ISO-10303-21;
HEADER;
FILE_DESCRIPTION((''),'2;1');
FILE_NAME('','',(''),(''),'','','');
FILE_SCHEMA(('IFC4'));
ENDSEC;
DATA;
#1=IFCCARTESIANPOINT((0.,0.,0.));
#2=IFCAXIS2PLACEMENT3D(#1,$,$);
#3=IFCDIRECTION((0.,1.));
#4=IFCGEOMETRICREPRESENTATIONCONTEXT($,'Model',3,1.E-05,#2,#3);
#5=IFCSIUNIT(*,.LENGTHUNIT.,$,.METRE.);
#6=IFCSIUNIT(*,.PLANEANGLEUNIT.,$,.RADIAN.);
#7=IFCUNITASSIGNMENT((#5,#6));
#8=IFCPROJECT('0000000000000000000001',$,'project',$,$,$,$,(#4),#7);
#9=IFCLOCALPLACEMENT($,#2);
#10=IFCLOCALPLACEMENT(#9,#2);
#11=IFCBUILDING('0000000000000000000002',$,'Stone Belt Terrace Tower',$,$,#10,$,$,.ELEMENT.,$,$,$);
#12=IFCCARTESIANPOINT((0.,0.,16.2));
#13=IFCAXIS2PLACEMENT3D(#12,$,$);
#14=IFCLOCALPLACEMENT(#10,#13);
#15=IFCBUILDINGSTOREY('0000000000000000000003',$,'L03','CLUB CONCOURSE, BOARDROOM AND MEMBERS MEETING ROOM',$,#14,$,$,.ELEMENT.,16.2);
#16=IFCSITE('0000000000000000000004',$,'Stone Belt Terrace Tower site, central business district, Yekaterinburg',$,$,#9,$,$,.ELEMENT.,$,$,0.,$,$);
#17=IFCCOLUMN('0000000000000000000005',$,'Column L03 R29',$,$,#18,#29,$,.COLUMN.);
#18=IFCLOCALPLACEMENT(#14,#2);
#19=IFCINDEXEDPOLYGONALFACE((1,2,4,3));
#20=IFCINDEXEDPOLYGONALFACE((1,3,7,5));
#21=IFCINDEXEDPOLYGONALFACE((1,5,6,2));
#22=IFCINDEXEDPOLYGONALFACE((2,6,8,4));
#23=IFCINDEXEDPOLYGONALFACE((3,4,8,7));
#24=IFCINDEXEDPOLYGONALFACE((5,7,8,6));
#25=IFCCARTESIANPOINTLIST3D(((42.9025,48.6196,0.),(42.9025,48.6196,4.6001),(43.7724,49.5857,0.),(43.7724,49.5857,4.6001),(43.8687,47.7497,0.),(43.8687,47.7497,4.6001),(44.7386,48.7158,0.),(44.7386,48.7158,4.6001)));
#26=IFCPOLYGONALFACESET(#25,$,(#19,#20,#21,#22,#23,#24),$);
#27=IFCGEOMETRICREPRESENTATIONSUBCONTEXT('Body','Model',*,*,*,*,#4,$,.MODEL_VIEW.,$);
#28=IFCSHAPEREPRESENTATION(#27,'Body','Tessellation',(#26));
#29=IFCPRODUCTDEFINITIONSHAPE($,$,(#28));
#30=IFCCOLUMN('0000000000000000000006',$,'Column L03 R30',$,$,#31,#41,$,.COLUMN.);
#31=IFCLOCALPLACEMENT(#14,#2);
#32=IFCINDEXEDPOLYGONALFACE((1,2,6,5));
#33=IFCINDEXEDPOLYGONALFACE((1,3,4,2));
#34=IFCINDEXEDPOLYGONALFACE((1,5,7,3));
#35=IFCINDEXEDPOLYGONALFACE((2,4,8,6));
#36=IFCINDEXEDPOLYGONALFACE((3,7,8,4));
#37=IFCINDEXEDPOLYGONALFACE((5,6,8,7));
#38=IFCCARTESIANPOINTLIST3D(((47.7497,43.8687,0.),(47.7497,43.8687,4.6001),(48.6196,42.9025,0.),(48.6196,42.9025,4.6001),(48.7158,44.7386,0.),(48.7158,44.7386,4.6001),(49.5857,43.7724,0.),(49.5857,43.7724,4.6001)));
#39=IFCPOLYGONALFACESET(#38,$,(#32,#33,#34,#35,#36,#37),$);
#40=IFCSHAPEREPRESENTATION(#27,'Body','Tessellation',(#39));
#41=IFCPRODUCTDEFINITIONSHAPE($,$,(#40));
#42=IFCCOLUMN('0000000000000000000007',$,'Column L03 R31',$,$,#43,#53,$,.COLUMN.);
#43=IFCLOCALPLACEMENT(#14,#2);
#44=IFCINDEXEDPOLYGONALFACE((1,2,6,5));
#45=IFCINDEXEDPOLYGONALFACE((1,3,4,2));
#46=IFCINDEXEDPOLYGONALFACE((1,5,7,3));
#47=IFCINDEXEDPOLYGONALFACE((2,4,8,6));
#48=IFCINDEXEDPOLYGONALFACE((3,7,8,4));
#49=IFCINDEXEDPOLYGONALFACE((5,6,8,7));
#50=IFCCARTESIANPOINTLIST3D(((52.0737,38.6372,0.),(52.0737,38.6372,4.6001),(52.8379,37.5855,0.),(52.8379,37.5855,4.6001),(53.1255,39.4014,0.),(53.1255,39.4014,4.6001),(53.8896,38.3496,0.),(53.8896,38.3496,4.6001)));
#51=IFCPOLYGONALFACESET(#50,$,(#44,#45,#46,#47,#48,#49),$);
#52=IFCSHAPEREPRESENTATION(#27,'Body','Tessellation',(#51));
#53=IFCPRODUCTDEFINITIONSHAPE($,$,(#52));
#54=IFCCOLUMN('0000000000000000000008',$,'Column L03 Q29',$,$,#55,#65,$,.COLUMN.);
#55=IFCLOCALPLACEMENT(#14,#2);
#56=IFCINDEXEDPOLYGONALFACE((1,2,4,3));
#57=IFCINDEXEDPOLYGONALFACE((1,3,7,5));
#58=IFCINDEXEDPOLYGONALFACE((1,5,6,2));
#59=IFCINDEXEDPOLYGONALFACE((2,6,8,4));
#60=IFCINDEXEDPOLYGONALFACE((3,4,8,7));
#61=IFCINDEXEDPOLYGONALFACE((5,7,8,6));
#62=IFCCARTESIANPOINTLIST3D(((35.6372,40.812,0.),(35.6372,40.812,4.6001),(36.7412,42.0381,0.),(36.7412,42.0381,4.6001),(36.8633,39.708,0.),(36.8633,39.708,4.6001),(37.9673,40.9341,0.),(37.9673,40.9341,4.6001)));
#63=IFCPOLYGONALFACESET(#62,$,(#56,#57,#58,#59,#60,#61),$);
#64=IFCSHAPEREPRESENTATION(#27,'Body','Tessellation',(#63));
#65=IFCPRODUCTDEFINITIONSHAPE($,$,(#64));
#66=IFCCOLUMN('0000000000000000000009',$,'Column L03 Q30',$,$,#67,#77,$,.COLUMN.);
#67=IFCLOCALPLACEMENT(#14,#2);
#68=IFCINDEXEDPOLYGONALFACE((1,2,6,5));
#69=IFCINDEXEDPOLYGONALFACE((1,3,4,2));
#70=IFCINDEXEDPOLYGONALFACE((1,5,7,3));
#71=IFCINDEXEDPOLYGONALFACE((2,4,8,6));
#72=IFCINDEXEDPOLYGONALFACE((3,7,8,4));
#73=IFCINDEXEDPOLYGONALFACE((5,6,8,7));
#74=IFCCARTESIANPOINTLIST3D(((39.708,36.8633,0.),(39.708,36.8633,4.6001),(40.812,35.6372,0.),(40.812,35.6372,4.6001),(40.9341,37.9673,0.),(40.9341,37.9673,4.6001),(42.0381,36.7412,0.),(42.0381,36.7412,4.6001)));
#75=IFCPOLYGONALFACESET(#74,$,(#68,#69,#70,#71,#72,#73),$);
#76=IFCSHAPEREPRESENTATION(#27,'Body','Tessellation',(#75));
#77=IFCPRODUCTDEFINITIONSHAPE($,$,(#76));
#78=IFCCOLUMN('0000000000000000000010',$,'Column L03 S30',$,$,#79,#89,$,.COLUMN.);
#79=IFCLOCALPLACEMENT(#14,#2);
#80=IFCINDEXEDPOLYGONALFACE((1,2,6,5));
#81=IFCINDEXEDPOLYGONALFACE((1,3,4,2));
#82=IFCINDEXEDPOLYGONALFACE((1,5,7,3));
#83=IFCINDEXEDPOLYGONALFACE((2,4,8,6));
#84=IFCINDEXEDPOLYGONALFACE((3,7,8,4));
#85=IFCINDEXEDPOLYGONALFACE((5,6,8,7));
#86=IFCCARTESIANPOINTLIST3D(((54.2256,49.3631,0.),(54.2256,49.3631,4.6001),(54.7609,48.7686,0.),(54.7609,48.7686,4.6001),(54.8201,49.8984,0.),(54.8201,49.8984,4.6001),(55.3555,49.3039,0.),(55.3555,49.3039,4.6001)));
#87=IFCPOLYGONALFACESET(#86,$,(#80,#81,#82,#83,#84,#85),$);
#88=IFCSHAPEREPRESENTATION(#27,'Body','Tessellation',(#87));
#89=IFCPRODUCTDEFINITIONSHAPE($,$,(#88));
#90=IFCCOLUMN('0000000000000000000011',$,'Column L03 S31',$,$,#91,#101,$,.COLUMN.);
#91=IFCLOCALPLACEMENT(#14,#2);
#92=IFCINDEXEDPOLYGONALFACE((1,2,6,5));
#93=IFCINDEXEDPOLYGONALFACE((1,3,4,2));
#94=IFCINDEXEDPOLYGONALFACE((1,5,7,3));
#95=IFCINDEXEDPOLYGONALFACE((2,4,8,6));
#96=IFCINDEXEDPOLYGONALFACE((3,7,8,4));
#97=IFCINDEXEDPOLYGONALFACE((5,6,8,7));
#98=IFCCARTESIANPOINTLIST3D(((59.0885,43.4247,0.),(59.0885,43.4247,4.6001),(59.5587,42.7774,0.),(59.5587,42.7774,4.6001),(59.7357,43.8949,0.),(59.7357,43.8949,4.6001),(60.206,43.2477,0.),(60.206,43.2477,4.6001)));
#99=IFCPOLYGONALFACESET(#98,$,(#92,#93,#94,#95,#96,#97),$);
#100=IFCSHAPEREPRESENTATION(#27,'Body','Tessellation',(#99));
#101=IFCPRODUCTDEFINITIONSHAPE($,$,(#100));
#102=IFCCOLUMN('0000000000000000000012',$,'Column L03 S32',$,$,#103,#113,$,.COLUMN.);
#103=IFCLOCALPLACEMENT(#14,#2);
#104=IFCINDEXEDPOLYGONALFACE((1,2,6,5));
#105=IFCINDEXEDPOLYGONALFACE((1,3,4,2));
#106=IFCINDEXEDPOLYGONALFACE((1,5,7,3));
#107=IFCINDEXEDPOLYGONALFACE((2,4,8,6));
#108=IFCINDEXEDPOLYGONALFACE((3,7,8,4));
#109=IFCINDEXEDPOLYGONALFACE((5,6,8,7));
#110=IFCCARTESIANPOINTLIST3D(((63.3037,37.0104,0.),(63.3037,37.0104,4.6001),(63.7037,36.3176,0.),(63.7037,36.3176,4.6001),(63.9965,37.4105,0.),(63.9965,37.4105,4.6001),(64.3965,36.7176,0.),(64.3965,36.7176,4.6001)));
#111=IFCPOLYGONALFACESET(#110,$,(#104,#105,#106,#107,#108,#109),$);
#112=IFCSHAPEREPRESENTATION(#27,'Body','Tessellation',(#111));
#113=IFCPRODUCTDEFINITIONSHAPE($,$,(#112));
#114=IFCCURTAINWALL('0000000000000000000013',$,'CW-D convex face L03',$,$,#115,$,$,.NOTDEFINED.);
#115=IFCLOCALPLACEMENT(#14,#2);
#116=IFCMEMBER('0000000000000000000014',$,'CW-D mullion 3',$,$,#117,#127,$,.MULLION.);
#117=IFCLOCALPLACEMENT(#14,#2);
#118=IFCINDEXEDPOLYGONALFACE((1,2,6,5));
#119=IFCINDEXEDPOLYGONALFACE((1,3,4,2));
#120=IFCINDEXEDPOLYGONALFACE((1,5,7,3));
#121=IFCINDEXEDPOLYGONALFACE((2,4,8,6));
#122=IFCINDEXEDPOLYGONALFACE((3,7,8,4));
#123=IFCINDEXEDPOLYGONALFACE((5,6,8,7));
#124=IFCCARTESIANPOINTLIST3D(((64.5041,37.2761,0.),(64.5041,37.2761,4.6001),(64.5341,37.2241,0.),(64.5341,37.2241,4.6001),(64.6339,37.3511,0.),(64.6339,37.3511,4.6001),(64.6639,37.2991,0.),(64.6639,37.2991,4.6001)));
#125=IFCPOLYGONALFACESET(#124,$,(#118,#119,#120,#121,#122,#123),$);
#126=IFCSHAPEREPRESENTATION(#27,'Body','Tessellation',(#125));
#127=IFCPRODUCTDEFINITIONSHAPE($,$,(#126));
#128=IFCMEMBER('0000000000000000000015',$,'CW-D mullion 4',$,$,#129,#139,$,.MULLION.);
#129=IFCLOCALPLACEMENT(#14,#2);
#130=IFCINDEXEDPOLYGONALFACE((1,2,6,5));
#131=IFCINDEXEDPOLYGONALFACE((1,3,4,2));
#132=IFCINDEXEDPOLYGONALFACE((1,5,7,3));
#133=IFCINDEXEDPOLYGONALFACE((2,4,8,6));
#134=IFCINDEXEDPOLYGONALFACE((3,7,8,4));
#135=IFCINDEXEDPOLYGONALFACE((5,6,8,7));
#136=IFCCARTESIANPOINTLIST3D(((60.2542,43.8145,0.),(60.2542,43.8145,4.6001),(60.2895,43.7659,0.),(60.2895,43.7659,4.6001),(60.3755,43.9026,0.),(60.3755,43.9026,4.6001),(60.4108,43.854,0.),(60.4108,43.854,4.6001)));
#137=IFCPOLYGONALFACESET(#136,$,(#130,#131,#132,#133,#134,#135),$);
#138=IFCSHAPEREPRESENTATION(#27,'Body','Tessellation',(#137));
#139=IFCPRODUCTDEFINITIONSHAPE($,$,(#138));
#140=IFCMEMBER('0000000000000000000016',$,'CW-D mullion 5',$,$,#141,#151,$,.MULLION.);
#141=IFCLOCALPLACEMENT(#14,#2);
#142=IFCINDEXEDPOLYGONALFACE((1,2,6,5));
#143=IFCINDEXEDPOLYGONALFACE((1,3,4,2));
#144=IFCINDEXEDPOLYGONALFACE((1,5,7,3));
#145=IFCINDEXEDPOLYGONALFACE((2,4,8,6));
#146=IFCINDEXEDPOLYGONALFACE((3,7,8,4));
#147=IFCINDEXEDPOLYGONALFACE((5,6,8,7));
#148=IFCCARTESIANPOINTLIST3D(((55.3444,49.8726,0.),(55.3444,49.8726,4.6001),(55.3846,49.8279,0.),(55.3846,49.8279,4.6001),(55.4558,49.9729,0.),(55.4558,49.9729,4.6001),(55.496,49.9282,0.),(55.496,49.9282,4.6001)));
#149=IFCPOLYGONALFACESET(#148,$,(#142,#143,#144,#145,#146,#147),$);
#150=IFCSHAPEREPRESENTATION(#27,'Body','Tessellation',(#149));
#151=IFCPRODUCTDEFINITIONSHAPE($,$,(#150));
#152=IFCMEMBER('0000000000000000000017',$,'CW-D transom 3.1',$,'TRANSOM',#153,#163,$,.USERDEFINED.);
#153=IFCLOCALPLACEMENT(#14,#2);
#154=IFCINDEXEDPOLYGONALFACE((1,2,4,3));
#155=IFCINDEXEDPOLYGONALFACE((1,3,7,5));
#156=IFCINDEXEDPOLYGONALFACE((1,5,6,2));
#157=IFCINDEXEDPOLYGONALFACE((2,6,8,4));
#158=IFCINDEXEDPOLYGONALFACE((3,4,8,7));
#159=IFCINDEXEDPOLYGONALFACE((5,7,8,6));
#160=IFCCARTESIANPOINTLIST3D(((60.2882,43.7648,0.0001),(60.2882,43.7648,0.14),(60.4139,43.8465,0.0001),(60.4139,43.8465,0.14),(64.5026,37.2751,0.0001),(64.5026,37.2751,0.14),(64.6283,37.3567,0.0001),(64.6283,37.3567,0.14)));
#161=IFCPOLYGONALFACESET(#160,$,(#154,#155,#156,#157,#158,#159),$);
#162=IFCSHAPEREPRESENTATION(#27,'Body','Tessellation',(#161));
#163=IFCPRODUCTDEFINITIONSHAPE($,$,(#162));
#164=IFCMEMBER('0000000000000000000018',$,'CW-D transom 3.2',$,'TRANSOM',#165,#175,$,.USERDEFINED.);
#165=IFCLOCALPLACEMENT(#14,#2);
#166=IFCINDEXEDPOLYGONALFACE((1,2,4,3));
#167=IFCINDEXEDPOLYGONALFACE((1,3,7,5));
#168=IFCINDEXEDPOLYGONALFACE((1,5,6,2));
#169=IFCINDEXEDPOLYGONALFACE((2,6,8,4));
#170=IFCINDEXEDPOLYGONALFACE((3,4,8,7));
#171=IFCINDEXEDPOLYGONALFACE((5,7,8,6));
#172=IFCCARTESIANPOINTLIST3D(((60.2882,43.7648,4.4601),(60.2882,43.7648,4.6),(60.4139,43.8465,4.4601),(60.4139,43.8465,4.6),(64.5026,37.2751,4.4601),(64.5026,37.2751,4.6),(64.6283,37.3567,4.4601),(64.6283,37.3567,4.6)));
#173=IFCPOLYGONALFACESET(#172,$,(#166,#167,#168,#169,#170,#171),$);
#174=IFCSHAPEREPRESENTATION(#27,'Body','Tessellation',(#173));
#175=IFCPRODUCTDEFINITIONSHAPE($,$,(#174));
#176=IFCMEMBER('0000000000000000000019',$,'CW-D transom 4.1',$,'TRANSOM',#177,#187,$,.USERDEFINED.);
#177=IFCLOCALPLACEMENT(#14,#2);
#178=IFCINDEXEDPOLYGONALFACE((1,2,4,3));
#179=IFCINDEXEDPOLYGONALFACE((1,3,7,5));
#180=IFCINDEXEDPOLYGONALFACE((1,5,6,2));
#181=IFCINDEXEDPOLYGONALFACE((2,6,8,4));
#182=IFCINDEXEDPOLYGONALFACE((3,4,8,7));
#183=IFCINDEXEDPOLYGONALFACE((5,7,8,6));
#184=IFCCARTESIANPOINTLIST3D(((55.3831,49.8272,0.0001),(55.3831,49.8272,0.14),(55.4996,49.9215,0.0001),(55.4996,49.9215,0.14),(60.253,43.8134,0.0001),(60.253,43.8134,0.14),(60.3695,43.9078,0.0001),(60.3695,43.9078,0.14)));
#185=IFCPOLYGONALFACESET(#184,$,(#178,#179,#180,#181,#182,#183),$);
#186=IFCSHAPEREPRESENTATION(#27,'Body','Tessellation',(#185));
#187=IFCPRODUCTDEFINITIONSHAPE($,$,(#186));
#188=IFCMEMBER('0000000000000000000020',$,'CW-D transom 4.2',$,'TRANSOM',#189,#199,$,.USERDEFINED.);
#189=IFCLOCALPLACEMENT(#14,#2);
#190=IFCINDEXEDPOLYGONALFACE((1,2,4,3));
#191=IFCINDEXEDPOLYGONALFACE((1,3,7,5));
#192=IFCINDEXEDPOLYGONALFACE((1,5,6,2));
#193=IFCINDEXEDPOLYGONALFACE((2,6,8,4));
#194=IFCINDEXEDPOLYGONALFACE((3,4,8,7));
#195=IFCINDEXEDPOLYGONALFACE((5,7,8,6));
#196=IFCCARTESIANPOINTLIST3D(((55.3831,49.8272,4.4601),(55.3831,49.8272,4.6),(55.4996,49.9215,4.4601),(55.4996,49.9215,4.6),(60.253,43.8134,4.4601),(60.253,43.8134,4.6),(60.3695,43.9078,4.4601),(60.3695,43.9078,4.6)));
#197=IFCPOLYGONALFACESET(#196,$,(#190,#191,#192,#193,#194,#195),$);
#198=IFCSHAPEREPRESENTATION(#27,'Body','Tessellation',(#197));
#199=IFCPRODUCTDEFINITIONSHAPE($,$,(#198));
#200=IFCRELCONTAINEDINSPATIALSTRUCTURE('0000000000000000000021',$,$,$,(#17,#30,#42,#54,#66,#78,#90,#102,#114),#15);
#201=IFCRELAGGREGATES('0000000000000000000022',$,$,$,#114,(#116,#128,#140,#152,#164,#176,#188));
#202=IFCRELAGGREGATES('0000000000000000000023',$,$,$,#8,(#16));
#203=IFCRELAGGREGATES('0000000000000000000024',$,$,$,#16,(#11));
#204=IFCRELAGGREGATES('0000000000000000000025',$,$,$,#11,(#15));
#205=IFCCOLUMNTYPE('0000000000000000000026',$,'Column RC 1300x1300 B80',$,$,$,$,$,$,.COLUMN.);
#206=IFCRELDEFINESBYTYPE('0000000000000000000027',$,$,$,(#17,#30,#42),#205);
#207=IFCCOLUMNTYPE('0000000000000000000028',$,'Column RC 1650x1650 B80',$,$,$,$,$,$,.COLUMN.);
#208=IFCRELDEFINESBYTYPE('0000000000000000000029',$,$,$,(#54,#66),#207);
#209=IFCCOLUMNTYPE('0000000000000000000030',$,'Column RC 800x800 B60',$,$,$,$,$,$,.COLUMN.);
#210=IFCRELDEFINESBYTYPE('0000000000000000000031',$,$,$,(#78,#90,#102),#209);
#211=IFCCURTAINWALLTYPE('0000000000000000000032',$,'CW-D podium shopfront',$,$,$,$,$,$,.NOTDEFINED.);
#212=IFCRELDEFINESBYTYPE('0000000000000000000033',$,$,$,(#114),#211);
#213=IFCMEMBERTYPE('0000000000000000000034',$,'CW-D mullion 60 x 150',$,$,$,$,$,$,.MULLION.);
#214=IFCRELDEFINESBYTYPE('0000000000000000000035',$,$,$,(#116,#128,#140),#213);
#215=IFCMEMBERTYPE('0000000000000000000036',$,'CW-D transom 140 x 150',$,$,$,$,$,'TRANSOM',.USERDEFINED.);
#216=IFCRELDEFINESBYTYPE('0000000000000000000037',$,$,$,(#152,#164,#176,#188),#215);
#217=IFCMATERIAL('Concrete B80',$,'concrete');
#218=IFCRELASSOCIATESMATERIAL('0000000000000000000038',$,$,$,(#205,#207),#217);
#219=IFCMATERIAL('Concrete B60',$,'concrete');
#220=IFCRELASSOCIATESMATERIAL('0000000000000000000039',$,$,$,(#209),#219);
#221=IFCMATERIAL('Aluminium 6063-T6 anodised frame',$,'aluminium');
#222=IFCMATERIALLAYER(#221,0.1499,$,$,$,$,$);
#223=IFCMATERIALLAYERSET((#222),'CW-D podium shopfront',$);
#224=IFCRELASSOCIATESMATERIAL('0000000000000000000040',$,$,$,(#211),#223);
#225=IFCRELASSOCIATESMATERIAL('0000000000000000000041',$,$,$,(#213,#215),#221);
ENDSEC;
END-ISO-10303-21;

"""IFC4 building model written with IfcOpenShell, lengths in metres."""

from ifc_helpers import new_model, si_unit, direction, frame, origin, origin_2d, place, context, subcontext, project, spatial, rectangle, extrude, material, layer, layer_set, material_profile, profile_set, type_object, element, aggregate, save


model = new_model("IFC4")

# Units and contexts
model_context = context("Model", 3, precision=1e-05, world=origin(), true_north=direction((0.0, 1.0)))
body_context = subcontext(model_context, "Body", "Model", "MODEL_VIEW")
ifc_project = project(units=[si_unit("LENGTHUNIT", "METRE"), si_unit("PLANEANGLEUNIT", "RADIAN")], contexts=[model_context])

# Site, building, storey
site_placement = place(None, origin())
site = spatial("IfcSite", under=ifc_project, at=site_placement, Name="Stone Belt Terrace Tower site, central business district, Yekaterinburg", CompositionType="ELEMENT", RefElevation=0.0)
building_placement = place(site_placement, origin())
building = spatial("IfcBuilding", under=site, at=building_placement, Name="Stone Belt Terrace Tower", CompositionType="ELEMENT")
storey_placement = place(building_placement, frame((0.0, 0.0, 16.2)))
storey = spatial("IfcBuildingStorey", under=building, at=storey_placement, Name="L03", Description="CLUB CONCOURSE, BOARDROOM AND MEMBERS MEETING ROOM", CompositionType="ELEMENT", Elevation=16.2)

# Columns
ifc_material_1 = material(Name="Concrete B80", Category="concrete")
ifc_material_profile_1 = material_profile(ifc_material_1, rectangle(XDim=1.3, YDim=1.3, at=origin_2d()), Name="RC 1300x1300")
ifc_profile_set_1 = profile_set([ifc_material_profile_1], Name="Concrete B80")
column_type_1 = type_object("IfcColumnType", Name="Column RC 1300x1300 B80", PredefinedType="COLUMN", material=ifc_profile_set_1)
for number, where, z_axis, x_axis, name in (
    (1, (43.8206, 48.6677, 0.0), (0.0, 0.0, 1.0), (0.743145, -0.669131, 0.0), "Column L03 R29"),
    (2, (48.6677, 43.8206, 0.0), (0.0, 0.0, 1.0), (0.669131, -0.743145, 0.0), "Column L03 R30"),
    (3, (52.9817, 38.4934, 0.0), (0.0, 0.0, 1.0), (0.587785, -0.809017, 0.0), "Column L03 R31"),
):
    element("IfcColumn", number, at=place(storey_placement, frame(where, z_axis=z_axis, x_axis=x_axis)), inside=storey, type_object=column_type_1, Name=name, PredefinedType="COLUMN", context=body_context, shape_type="SweptSolid", body=[
        extrude(rectangle(XDim=1.3, YDim=1.3, at=origin_2d()), origin(), (0.0, 0.0, 1.0), 4.6001),
    ])
ifc_material_profile_2 = material_profile(ifc_material_1, rectangle(XDim=1.6499, YDim=1.6499, at=origin_2d()), Name="RC 1650x1650")
ifc_profile_set_2 = profile_set([ifc_material_profile_2], Name="Concrete B80")
column_type_2 = type_object("IfcColumnType", Name="Column RC 1650x1650 B80", PredefinedType="COLUMN", material=ifc_profile_set_2)
for number, where, z_axis, x_axis, name in (
    (4, (36.8022, 40.873, 0.0), (0.0, 0.0, 1.0), (0.743145, -0.669131, 0.0), "Column L03 Q29"),
    (5, (40.873, 36.8022, 0.0), (0.0, 0.0, 1.0), (0.669131, -0.743145, 0.0), "Column L03 Q30"),
):
    element("IfcColumn", number, at=place(storey_placement, frame(where, z_axis=z_axis, x_axis=x_axis)), inside=storey, type_object=column_type_2, Name=name, PredefinedType="COLUMN", context=body_context, shape_type="SweptSolid", body=[
        extrude(rectangle(XDim=1.6499, YDim=1.6499, at=origin_2d()), origin(), (0.0, 0.0, 1.0), 4.6001),
    ])
ifc_material_2 = material(Name="Concrete B60", Category="concrete")
ifc_material_profile_3 = material_profile(ifc_material_2, rectangle(XDim=0.8, YDim=0.8, at=origin_2d()), Name="RC 800x800")
ifc_profile_set_3 = profile_set([ifc_material_profile_3], Name="Concrete B60")
column_type_3 = type_object("IfcColumnType", Name="Column RC 800x800 B60", PredefinedType="COLUMN", material=ifc_profile_set_3)
for number, where, z_axis, x_axis, name in (
    (6, (54.7905, 49.3335, 0.0), (0.0, 0.0, 1.0), (0.669131, -0.743145, 0.0), "Column L03 S30"),
    (7, (59.6472, 43.3362, 0.0), (0.0, 0.0, 1.0), (0.587785, -0.809017, 0.0), "Column L03 S31"),
    (8, (63.8501, 36.864, 0.0), (0.0, 0.0, 1.0), (0.5, -0.866025, 0.0), "Column L03 S32"),
):
    element("IfcColumn", number, at=place(storey_placement, frame(where, z_axis=z_axis, x_axis=x_axis)), inside=storey, type_object=column_type_3, Name=name, PredefinedType="COLUMN", context=body_context, shape_type="SweptSolid", body=[
        extrude(rectangle(XDim=0.8, YDim=0.8, at=origin_2d()), origin(), (0.0, 0.0, 1.0), 4.6001),
    ])

# Curtain wall, members
ifc_material_3 = material(Name="Aluminium 6063-T6 anodised frame", Category="aluminium")
ifc_layer_1 = layer(ifc_material_3, 0.1499)
ifc_layer_set_1 = layer_set([ifc_layer_1], Name="CW-D podium shopfront")
curtain_wall_type = type_object("IfcCurtainWallType", Name="CW-D podium shopfront", PredefinedType="NOTDEFINED", material=ifc_layer_set_1)
curtain_wall_placement = place(storey_placement, origin())
curtain_wall = element("IfcCurtainWall", 9, at=curtain_wall_placement, inside=storey, type_object=curtain_wall_type, Name="CW-D convex face L03", PredefinedType="NOTDEFINED")
ifc_material_profile_4 = material_profile(ifc_material_3, rectangle(XDim=0.1499, YDim=0.0601, at=origin_2d()), Name="Aluminium 6063-T6 60x150")
ifc_profile_set_4 = profile_set([ifc_material_profile_4], Name="Aluminium 6063-T6 anodised frame")
member_type_1 = type_object("IfcMemberType", Name="CW-D mullion 60 x 150", PredefinedType="MULLION", material=ifc_profile_set_4)
member_1_placement = place(storey_placement, frame((64.584, 37.2876, 0.0), z_axis=(0.0, 0.0, 1.0), x_axis=(-0.866025, -0.5, 0.0)))
member_1 = element("IfcMember", 10, at=member_1_placement, type_object=member_type_1, Name="CW-D mullion 3", PredefinedType="MULLION", context=body_context, shape_type="SweptSolid", body=[
    extrude(rectangle(XDim=0.1499, YDim=0.0601, at=origin_2d()), origin(), (0.0, 0.0, 1.0), 4.6001),
])
member_2_placement = place(storey_placement, frame((60.3325, 43.8342, 0.0), z_axis=(0.0, 0.0, 1.0), x_axis=(-0.809017, -0.587785, 0.0)))
member_2 = element("IfcMember", 11, at=member_2_placement, type_object=member_type_1, Name="CW-D mullion 4", PredefinedType="MULLION", context=body_context, shape_type="SweptSolid", body=[
    extrude(rectangle(XDim=0.1499, YDim=0.0601, at=origin_2d()), origin(), (0.0, 0.0, 1.0), 4.6001),
])
member_3_placement = place(storey_placement, frame((55.4202, 49.9004, 0.0), z_axis=(0.0, 0.0, 1.0), x_axis=(-0.743145, -0.669131, 0.0)))
member_3 = element("IfcMember", 12, at=member_3_placement, type_object=member_type_1, Name="CW-D mullion 5", PredefinedType="MULLION", context=body_context, shape_type="SweptSolid", body=[
    extrude(rectangle(XDim=0.1499, YDim=0.0601, at=origin_2d()), origin(), (0.0, 0.0, 1.0), 4.6001),
])
ifc_material_profile_5 = material_profile(ifc_material_3, rectangle(XDim=0.1499, YDim=0.1399, at=origin_2d()), Name="Aluminium 6063-T6 150x140")
ifc_profile_set_5 = profile_set([ifc_material_profile_5], Name="Aluminium 6063-T6 anodised frame")
member_type_2 = type_object("IfcMemberType", Name="CW-D transom 140 x 150", ElementType="TRANSOM", PredefinedType="USERDEFINED", material=ifc_profile_set_5)
member_4_placement = place(storey_placement, frame((64.5654, 37.3159, 0.0701), z_axis=(-0.544627, 0.838679, 0.0), x_axis=(-0.838679, -0.544627, 0.0)))
member_4 = element("IfcMember", 13, at=member_4_placement, type_object=member_type_2, Name="CW-D transom 3.1", ObjectType="TRANSOM", PredefinedType="USERDEFINED", context=body_context, shape_type="SweptSolid", body=[
    extrude(rectangle(XDim=0.1499, YDim=0.1399, at=origin_2d()), origin(), (0.0, 0.0, 1.0), 7.738),
])
member_5_placement = place(storey_placement, frame((64.5654, 37.3159, 4.53), z_axis=(-0.544627, 0.838679, 0.0), x_axis=(-0.838679, -0.544627, 0.0)))
member_5 = element("IfcMember", 14, at=member_5_placement, type_object=member_type_2, Name="CW-D transom 3.2", ObjectType="TRANSOM", PredefinedType="USERDEFINED", context=body_context, shape_type="SweptSolid", body=[
    extrude(rectangle(XDim=0.1499, YDim=0.1399, at=origin_2d()), origin(), (0.0, 0.0, 1.0), 7.738),
])
member_6_placement = place(storey_placement, frame((60.3113, 43.8606, 0.0701), z_axis=(-0.629328, 0.77714, 0.0), x_axis=(-0.77714, -0.629328, 0.0)))
member_6 = element("IfcMember", 15, at=member_6_placement, type_object=member_type_2, Name="CW-D transom 4.1", ObjectType="TRANSOM", PredefinedType="USERDEFINED", context=body_context, shape_type="SweptSolid", body=[
    extrude(rectangle(XDim=0.1499, YDim=0.1399, at=origin_2d()), origin(), (0.0, 0.0, 1.0), 7.7383),
])
member_7_placement = place(storey_placement, frame((60.3113, 43.8606, 4.53), z_axis=(-0.629328, 0.77714, 0.0), x_axis=(-0.77714, -0.629328, 0.0)))
member_7 = element("IfcMember", 16, at=member_7_placement, type_object=member_type_2, Name="CW-D transom 4.2", ObjectType="TRANSOM", PredefinedType="USERDEFINED", context=body_context, shape_type="SweptSolid", body=[
    extrude(rectangle(XDim=0.1499, YDim=0.1399, at=origin_2d()), origin(), (0.0, 0.0, 1.0), 7.7383),
])
aggregate(curtain_wall, [member_1, member_2, member_3, member_4, member_5, member_6, member_7])

save(model, "model.ifc")
